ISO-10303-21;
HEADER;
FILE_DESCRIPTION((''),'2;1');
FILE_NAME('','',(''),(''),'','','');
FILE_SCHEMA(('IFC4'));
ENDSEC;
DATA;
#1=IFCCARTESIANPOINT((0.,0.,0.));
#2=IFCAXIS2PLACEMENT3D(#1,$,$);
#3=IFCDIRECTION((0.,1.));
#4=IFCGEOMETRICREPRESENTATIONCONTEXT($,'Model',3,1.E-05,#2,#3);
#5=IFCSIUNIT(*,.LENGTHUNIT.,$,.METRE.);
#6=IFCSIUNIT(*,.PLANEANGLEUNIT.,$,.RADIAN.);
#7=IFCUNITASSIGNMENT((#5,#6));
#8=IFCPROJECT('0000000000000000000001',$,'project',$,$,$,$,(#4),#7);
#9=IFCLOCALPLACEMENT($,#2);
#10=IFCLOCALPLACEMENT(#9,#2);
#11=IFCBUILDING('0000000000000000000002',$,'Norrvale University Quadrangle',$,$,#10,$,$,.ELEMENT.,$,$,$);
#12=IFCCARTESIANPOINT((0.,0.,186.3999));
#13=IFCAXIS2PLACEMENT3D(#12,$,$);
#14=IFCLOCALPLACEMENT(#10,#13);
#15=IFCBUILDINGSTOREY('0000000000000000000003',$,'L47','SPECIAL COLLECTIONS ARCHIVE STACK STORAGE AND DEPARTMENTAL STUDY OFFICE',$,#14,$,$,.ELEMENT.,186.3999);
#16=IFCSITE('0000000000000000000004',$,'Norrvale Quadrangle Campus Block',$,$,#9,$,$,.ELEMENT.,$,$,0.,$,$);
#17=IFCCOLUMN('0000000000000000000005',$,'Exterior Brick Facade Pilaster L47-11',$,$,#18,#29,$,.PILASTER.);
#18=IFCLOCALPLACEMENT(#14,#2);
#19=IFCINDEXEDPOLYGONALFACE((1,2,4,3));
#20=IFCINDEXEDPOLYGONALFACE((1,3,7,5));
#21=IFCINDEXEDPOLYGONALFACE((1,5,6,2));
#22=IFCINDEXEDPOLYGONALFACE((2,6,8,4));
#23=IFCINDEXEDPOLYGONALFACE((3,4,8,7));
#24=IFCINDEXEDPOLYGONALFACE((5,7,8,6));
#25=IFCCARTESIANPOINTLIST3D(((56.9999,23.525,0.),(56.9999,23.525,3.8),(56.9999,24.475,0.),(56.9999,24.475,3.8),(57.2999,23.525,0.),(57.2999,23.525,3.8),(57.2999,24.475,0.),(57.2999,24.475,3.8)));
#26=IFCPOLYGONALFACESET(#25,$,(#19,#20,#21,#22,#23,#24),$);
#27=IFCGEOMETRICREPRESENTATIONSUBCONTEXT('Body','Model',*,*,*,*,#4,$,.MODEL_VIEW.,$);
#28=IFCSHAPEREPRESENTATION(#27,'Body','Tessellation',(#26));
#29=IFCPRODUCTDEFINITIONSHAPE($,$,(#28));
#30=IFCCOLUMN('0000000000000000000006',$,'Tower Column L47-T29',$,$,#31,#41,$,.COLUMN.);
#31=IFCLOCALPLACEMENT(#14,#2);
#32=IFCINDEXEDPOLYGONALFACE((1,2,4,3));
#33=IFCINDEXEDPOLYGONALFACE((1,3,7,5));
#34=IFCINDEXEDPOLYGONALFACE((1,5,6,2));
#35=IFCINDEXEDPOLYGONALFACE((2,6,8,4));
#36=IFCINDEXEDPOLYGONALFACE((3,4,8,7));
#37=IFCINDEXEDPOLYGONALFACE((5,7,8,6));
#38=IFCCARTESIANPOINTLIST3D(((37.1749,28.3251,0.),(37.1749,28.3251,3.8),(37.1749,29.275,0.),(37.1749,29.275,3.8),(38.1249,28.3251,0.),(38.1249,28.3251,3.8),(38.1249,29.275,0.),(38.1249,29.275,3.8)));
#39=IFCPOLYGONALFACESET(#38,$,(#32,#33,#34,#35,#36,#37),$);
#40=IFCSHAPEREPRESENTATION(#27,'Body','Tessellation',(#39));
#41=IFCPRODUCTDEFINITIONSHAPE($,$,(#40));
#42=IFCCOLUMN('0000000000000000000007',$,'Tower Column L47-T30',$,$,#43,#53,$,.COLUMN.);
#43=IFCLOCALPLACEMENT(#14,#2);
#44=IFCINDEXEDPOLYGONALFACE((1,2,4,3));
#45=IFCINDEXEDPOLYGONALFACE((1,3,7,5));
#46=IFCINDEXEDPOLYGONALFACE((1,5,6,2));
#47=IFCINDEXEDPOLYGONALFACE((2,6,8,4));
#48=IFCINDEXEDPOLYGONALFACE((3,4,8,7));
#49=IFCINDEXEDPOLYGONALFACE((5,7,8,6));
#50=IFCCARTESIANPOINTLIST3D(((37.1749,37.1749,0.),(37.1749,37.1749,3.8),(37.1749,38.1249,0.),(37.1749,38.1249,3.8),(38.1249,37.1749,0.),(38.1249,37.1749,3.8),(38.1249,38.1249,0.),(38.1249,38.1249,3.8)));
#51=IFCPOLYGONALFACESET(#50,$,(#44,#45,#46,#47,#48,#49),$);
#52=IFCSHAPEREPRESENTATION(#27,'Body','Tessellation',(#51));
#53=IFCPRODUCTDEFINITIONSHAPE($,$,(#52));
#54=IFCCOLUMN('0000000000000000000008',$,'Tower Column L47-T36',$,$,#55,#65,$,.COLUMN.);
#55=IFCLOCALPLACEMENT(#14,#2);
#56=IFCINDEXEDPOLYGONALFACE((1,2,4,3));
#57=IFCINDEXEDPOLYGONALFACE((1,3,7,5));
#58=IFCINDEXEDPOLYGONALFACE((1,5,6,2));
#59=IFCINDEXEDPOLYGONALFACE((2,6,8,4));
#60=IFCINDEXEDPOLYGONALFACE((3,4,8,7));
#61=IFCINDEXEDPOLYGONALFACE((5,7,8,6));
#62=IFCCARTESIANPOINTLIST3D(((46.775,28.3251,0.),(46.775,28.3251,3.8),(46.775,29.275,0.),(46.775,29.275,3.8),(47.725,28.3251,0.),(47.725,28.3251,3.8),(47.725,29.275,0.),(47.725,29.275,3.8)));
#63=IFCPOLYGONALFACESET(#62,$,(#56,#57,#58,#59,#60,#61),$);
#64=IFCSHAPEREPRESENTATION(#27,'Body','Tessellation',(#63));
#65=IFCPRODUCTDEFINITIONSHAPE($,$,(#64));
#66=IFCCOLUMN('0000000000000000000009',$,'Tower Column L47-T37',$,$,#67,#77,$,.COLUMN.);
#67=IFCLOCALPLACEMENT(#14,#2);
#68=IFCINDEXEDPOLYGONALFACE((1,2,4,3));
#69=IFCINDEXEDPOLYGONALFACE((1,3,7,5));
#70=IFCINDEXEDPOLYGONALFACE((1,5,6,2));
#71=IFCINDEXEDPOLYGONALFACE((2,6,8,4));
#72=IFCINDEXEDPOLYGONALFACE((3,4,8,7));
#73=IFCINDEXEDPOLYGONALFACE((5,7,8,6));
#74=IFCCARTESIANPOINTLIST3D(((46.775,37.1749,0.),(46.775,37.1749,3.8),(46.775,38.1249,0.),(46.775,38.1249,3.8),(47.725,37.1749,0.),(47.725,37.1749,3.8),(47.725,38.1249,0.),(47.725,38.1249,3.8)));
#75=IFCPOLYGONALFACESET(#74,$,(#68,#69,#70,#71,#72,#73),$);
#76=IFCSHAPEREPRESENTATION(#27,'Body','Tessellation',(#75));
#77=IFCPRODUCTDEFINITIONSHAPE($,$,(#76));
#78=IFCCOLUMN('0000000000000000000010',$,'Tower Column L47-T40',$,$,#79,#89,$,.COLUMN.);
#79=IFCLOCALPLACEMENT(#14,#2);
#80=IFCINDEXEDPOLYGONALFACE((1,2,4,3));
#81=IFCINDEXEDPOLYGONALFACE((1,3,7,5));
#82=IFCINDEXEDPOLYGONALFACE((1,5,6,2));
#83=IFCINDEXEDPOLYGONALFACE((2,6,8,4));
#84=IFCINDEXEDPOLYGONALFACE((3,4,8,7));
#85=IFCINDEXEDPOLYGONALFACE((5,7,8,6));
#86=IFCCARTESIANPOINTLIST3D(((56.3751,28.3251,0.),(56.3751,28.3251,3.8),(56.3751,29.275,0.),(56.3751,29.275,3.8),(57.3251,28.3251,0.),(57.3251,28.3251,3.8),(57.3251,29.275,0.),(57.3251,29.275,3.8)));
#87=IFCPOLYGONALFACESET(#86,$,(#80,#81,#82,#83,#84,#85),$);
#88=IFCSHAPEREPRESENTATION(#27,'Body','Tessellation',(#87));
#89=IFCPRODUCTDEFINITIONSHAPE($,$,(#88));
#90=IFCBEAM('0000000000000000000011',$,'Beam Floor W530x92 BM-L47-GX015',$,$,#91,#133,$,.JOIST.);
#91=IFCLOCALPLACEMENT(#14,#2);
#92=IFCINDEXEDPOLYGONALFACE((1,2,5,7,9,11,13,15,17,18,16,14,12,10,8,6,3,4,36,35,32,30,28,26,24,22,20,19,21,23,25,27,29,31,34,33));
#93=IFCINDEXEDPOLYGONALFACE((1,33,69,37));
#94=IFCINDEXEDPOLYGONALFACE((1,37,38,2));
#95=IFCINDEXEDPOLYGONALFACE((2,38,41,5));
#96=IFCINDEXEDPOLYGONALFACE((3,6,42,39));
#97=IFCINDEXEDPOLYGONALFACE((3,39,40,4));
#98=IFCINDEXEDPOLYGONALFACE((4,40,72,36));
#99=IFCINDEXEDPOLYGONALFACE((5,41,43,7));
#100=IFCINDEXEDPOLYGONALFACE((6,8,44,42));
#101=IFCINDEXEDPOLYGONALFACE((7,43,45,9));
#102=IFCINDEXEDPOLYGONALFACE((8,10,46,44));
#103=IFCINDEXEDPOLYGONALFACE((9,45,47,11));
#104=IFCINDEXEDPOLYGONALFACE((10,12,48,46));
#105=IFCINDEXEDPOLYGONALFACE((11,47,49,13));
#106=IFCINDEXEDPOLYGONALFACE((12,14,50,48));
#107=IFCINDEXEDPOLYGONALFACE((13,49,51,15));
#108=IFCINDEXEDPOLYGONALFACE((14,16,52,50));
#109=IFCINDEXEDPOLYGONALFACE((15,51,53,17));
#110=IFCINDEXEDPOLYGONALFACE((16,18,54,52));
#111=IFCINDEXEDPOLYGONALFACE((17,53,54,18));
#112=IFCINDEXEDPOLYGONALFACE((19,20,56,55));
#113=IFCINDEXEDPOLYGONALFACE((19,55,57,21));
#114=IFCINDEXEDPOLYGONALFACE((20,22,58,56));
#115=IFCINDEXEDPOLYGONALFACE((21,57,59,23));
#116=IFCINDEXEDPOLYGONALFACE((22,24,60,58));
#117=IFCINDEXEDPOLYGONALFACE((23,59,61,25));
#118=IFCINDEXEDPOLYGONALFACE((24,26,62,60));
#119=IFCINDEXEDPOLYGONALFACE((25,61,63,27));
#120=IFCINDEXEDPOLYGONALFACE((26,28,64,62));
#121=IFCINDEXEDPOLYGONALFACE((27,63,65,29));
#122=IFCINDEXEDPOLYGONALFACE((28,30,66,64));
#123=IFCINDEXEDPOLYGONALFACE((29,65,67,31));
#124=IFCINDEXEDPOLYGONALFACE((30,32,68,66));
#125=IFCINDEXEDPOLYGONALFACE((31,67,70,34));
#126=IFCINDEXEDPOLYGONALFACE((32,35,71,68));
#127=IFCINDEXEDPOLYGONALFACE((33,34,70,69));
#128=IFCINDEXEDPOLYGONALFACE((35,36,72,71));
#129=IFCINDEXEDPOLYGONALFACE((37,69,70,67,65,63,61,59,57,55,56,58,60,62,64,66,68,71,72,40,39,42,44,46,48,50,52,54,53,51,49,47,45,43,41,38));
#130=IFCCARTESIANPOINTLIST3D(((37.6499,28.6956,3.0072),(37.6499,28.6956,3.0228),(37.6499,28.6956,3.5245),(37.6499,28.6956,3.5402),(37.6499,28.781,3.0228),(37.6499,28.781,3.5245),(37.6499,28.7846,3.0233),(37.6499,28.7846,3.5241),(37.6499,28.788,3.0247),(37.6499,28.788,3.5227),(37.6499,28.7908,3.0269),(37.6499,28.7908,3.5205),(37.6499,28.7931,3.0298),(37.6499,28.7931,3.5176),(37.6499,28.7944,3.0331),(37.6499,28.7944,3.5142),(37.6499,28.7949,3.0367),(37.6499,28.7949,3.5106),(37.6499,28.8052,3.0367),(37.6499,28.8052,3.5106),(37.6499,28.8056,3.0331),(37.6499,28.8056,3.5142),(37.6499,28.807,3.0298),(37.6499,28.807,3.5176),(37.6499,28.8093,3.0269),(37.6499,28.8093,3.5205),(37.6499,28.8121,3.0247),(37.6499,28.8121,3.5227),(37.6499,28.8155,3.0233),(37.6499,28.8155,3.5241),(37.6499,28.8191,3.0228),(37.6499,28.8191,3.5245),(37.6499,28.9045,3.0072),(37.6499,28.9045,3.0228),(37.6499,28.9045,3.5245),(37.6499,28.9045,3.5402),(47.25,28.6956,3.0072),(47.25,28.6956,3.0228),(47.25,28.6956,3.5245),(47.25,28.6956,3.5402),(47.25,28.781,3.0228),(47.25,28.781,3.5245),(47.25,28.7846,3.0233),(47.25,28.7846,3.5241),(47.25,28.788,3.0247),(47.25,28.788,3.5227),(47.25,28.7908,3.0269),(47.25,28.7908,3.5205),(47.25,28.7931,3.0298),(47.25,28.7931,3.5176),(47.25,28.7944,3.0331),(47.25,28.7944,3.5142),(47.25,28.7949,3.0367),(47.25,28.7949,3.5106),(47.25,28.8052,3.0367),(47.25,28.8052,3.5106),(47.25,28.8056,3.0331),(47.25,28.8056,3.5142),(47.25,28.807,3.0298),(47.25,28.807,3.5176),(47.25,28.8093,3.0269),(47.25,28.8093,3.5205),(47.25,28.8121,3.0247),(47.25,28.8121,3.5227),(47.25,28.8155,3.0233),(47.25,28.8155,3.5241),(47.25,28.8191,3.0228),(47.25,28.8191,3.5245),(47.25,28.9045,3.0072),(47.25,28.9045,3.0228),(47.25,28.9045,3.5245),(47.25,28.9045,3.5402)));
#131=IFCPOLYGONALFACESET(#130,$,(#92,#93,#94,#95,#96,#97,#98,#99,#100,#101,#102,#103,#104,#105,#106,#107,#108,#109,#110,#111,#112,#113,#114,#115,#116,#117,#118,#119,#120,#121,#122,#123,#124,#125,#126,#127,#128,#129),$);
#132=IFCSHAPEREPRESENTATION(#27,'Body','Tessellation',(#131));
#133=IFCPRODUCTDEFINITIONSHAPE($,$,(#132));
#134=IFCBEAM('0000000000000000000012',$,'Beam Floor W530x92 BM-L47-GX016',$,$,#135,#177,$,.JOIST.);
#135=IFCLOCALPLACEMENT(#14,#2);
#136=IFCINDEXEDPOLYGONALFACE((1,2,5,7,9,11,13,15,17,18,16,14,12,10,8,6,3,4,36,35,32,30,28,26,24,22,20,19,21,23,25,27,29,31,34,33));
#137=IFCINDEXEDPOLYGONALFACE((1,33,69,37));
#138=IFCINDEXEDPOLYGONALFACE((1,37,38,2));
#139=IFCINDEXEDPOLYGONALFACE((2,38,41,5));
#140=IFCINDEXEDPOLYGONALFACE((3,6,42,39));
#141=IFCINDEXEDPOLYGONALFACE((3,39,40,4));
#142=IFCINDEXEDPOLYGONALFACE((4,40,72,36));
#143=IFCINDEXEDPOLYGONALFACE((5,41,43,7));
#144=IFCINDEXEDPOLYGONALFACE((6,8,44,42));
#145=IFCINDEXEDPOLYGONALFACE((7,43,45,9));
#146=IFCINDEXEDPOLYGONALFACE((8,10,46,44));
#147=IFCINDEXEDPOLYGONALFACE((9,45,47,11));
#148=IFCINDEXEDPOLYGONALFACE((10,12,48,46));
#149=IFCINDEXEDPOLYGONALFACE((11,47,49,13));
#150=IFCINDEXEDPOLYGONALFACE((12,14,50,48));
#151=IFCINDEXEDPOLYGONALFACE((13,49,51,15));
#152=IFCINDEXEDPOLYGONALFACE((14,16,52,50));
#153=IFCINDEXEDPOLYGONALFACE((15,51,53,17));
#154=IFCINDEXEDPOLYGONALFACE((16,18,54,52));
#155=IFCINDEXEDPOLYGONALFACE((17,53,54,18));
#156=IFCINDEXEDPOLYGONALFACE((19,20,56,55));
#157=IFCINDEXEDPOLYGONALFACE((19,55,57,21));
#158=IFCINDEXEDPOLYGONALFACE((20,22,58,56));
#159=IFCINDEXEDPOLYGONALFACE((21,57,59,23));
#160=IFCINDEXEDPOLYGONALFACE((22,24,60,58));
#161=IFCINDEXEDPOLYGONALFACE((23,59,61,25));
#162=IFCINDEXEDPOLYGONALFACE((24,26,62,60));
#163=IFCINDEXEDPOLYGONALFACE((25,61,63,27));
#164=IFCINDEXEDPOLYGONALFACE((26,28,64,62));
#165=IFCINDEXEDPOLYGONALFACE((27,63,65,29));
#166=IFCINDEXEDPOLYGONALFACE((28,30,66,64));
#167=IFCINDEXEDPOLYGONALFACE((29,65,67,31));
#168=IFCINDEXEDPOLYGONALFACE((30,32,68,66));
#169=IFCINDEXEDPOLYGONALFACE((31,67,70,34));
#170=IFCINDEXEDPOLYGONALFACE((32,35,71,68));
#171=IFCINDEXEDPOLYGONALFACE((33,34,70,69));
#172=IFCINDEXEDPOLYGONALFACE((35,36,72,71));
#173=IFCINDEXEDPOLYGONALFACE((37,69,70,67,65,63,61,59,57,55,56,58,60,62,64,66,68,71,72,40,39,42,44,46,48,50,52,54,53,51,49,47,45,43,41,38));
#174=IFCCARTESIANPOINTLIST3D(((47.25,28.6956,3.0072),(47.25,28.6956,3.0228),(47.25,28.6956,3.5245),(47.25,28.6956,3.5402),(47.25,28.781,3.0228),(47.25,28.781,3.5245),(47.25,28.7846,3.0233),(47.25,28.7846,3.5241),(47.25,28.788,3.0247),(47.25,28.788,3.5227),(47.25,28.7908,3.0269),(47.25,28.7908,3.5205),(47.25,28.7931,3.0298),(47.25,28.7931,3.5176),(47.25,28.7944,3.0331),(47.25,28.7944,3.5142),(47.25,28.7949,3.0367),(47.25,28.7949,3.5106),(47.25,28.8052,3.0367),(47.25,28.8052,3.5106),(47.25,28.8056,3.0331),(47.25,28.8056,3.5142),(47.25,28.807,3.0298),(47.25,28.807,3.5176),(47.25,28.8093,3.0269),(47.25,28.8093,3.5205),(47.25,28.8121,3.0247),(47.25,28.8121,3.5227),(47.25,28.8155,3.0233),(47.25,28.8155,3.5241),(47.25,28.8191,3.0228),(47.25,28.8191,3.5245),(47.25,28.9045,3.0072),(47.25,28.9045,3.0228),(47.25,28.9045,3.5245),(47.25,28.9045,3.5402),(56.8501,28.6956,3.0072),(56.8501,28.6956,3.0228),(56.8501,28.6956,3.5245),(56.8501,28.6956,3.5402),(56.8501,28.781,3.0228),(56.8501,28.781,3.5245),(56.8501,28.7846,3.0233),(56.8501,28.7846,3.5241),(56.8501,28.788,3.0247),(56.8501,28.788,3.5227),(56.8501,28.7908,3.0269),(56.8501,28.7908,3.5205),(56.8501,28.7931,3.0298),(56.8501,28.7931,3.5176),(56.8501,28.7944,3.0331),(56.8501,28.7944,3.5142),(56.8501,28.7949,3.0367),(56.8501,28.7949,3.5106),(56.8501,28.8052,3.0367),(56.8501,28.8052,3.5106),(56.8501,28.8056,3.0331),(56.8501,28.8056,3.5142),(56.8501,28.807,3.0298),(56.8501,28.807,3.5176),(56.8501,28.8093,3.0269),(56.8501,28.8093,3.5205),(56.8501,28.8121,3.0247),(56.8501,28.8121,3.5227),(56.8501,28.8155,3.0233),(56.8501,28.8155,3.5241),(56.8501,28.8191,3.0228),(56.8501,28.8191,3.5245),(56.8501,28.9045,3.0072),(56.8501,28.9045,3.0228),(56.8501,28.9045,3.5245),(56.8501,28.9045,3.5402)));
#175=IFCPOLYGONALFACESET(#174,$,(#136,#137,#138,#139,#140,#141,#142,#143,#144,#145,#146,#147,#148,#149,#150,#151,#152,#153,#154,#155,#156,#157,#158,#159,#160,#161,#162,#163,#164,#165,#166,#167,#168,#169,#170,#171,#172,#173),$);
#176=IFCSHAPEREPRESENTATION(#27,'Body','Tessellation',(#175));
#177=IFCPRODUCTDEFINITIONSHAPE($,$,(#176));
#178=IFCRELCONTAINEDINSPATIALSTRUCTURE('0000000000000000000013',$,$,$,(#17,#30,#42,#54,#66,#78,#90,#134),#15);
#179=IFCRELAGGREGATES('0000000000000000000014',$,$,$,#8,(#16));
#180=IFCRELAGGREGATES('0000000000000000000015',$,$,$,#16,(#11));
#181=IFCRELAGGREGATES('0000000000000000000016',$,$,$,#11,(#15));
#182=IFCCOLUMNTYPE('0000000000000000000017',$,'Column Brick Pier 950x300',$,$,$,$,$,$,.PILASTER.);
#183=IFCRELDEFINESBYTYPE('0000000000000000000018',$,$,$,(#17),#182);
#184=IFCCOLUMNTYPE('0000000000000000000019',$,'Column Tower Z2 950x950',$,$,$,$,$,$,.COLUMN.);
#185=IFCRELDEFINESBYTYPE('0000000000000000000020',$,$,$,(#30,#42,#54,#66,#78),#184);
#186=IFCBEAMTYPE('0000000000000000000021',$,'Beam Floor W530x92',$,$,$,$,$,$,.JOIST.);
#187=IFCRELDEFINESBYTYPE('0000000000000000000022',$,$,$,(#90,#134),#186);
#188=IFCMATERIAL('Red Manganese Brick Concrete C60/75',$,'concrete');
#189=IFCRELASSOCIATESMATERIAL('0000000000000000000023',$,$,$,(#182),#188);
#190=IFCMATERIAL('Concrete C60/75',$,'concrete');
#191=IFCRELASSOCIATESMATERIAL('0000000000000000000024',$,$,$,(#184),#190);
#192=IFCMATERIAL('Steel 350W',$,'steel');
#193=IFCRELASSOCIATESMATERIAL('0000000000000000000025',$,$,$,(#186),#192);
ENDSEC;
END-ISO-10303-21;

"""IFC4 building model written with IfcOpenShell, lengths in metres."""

from ifc_helpers import new_model, si_unit, direction, frame, origin, origin_2d, place, context, subcontext, project, spatial, rectangle, i_section, extrude, material, material_profile, profile_set, type_object, element, save


model = new_model("IFC4")

# Units and contexts
model_context = context("Model", 3, precision=1e-05, world=origin(), true_north=direction((0.0, 1.0)))
body_context = subcontext(model_context, "Body", "Model", "MODEL_VIEW")
ifc_project = project(units=[si_unit("LENGTHUNIT", "METRE"), si_unit("PLANEANGLEUNIT", "RADIAN")], contexts=[model_context])

# Site, building, storey
site_placement = place(None, origin())
site = spatial("IfcSite", under=ifc_project, at=site_placement, Name="Norrvale Quadrangle Campus Block", CompositionType="ELEMENT", RefElevation=0.0)
building_placement = place(site_placement, origin())
building = spatial("IfcBuilding", under=site, at=building_placement, Name="Norrvale University Quadrangle", CompositionType="ELEMENT")
storey_placement = place(building_placement, frame((0.0, 0.0, 186.3999)))
storey = spatial("IfcBuildingStorey", under=building, at=storey_placement, Name="L47", Description="SPECIAL COLLECTIONS ARCHIVE STACK STORAGE AND DEPARTMENTAL STUDY OFFICE", CompositionType="ELEMENT", Elevation=186.3999)

# Columns
ifc_material_1 = material(Name="Red Manganese Brick Concrete C60/75", Category="concrete")
ifc_material_profile_1 = material_profile(ifc_material_1, rectangle(XDim=0.95, YDim=0.3, at=origin_2d()), Name="Red Manganese Brick Concrete C60/75")
ifc_profile_set_1 = profile_set([ifc_material_profile_1], Name="Red Manganese Brick Concrete C60/75")
column_type_1 = type_object("IfcColumnType", Name="Column Brick Pier 950x300", PredefinedType="PILASTER", material=ifc_profile_set_1)
column_placement = place(storey_placement, frame((57.1499, 24.0, 0.0), z_axis=(0.0, 0.0, 1.0), x_axis=(0.0, 1.0, 0.0)))
element("IfcColumn", 1, at=column_placement, inside=storey, type_object=column_type_1, Name="Exterior Brick Facade Pilaster L47-11", PredefinedType="PILASTER", context=body_context, shape_type="SweptSolid", body=[
    extrude(rectangle(XDim=0.95, YDim=0.3, at=origin_2d()), origin(), (0.0, 0.0, 1.0), 3.8),
])
ifc_material_2 = material(Name="Concrete C60/75", Category="concrete")
ifc_material_profile_2 = material_profile(ifc_material_2, rectangle(XDim=0.95, YDim=0.95, at=origin_2d()), Name="Concrete C60/75")
ifc_profile_set_2 = profile_set([ifc_material_profile_2], Name="Concrete C60/75")
column_type_2 = type_object("IfcColumnType", Name="Column Tower Z2 950x950", PredefinedType="COLUMN", material=ifc_profile_set_2)
for number, where, z_axis, x_axis, name in (
    (2, (37.6499, 28.8, 0.0), (0.0, 0.0, 1.0), (1.0, 0.0, 0.0), "Tower Column L47-T29"),
    (3, (37.6499, 37.6499, 0.0), (0.0, 0.0, 1.0), (1.0, 0.0, 0.0), "Tower Column L47-T30"),
    (4, (47.25, 28.8, 0.0), (0.0, 0.0, 1.0), (1.0, 0.0, 0.0), "Tower Column L47-T36"),
    (5, (47.25, 37.6499, 0.0), (0.0, 0.0, 1.0), (1.0, 0.0, 0.0), "Tower Column L47-T37"),
    (6, (56.8501, 28.8, 0.0), (0.0, 0.0, 1.0), (1.0, 0.0, 0.0), "Tower Column L47-T40"),
):
    element("IfcColumn", number, at=place(storey_placement, frame(where, z_axis=z_axis, x_axis=x_axis)), inside=storey, type_object=column_type_2, Name=name, PredefinedType="COLUMN", context=body_context, shape_type="SweptSolid", body=[
        extrude(rectangle(XDim=0.95, YDim=0.95, at=origin_2d()), origin(), (0.0, 0.0, 1.0), 3.8),
    ])

# Beams
ifc_material_3 = material(Name="Steel 350W", Category="steel")
ifc_material_profile_3 = material_profile(ifc_material_3, i_section(OverallWidth=0.209, OverallDepth=0.533, WebThickness=0.0103, FlangeThickness=0.0156, FilletRadius=0.0139, at=origin_2d()), Name="Steel 350W")
ifc_profile_set_3 = profile_set([ifc_material_profile_3], Name="Steel 350W")
beam_type_1 = type_object("IfcBeamType", Name="Beam Floor W530x92", PredefinedType="JOIST", material=ifc_profile_set_3)
for number, where, z_axis, x_axis, name in (
    (7, (37.6499, 28.8, 3.2737), (1.0, 0.0, 0.0), (0.0, 1.0, 0.0), "Beam Floor W530x92 BM-L47-GX015"),
    (8, (47.25, 28.8, 3.2737), (1.0, 0.0, 0.0), (0.0, 1.0, 0.0), "Beam Floor W530x92 BM-L47-GX016"),
):
    element("IfcBeam", number, at=place(storey_placement, frame(where, z_axis=z_axis, x_axis=x_axis)), inside=storey, type_object=beam_type_1, Name=name, PredefinedType="JOIST", context=body_context, shape_type="SweptSolid", body=[
        extrude(i_section(OverallWidth=0.209, OverallDepth=0.533, WebThickness=0.0103, FlangeThickness=0.0156, FilletRadius=0.0139, at=origin_2d()), origin(), (0.0, 0.0, 1.0), 9.6001),
    ])

save(model, "model.ifc")
